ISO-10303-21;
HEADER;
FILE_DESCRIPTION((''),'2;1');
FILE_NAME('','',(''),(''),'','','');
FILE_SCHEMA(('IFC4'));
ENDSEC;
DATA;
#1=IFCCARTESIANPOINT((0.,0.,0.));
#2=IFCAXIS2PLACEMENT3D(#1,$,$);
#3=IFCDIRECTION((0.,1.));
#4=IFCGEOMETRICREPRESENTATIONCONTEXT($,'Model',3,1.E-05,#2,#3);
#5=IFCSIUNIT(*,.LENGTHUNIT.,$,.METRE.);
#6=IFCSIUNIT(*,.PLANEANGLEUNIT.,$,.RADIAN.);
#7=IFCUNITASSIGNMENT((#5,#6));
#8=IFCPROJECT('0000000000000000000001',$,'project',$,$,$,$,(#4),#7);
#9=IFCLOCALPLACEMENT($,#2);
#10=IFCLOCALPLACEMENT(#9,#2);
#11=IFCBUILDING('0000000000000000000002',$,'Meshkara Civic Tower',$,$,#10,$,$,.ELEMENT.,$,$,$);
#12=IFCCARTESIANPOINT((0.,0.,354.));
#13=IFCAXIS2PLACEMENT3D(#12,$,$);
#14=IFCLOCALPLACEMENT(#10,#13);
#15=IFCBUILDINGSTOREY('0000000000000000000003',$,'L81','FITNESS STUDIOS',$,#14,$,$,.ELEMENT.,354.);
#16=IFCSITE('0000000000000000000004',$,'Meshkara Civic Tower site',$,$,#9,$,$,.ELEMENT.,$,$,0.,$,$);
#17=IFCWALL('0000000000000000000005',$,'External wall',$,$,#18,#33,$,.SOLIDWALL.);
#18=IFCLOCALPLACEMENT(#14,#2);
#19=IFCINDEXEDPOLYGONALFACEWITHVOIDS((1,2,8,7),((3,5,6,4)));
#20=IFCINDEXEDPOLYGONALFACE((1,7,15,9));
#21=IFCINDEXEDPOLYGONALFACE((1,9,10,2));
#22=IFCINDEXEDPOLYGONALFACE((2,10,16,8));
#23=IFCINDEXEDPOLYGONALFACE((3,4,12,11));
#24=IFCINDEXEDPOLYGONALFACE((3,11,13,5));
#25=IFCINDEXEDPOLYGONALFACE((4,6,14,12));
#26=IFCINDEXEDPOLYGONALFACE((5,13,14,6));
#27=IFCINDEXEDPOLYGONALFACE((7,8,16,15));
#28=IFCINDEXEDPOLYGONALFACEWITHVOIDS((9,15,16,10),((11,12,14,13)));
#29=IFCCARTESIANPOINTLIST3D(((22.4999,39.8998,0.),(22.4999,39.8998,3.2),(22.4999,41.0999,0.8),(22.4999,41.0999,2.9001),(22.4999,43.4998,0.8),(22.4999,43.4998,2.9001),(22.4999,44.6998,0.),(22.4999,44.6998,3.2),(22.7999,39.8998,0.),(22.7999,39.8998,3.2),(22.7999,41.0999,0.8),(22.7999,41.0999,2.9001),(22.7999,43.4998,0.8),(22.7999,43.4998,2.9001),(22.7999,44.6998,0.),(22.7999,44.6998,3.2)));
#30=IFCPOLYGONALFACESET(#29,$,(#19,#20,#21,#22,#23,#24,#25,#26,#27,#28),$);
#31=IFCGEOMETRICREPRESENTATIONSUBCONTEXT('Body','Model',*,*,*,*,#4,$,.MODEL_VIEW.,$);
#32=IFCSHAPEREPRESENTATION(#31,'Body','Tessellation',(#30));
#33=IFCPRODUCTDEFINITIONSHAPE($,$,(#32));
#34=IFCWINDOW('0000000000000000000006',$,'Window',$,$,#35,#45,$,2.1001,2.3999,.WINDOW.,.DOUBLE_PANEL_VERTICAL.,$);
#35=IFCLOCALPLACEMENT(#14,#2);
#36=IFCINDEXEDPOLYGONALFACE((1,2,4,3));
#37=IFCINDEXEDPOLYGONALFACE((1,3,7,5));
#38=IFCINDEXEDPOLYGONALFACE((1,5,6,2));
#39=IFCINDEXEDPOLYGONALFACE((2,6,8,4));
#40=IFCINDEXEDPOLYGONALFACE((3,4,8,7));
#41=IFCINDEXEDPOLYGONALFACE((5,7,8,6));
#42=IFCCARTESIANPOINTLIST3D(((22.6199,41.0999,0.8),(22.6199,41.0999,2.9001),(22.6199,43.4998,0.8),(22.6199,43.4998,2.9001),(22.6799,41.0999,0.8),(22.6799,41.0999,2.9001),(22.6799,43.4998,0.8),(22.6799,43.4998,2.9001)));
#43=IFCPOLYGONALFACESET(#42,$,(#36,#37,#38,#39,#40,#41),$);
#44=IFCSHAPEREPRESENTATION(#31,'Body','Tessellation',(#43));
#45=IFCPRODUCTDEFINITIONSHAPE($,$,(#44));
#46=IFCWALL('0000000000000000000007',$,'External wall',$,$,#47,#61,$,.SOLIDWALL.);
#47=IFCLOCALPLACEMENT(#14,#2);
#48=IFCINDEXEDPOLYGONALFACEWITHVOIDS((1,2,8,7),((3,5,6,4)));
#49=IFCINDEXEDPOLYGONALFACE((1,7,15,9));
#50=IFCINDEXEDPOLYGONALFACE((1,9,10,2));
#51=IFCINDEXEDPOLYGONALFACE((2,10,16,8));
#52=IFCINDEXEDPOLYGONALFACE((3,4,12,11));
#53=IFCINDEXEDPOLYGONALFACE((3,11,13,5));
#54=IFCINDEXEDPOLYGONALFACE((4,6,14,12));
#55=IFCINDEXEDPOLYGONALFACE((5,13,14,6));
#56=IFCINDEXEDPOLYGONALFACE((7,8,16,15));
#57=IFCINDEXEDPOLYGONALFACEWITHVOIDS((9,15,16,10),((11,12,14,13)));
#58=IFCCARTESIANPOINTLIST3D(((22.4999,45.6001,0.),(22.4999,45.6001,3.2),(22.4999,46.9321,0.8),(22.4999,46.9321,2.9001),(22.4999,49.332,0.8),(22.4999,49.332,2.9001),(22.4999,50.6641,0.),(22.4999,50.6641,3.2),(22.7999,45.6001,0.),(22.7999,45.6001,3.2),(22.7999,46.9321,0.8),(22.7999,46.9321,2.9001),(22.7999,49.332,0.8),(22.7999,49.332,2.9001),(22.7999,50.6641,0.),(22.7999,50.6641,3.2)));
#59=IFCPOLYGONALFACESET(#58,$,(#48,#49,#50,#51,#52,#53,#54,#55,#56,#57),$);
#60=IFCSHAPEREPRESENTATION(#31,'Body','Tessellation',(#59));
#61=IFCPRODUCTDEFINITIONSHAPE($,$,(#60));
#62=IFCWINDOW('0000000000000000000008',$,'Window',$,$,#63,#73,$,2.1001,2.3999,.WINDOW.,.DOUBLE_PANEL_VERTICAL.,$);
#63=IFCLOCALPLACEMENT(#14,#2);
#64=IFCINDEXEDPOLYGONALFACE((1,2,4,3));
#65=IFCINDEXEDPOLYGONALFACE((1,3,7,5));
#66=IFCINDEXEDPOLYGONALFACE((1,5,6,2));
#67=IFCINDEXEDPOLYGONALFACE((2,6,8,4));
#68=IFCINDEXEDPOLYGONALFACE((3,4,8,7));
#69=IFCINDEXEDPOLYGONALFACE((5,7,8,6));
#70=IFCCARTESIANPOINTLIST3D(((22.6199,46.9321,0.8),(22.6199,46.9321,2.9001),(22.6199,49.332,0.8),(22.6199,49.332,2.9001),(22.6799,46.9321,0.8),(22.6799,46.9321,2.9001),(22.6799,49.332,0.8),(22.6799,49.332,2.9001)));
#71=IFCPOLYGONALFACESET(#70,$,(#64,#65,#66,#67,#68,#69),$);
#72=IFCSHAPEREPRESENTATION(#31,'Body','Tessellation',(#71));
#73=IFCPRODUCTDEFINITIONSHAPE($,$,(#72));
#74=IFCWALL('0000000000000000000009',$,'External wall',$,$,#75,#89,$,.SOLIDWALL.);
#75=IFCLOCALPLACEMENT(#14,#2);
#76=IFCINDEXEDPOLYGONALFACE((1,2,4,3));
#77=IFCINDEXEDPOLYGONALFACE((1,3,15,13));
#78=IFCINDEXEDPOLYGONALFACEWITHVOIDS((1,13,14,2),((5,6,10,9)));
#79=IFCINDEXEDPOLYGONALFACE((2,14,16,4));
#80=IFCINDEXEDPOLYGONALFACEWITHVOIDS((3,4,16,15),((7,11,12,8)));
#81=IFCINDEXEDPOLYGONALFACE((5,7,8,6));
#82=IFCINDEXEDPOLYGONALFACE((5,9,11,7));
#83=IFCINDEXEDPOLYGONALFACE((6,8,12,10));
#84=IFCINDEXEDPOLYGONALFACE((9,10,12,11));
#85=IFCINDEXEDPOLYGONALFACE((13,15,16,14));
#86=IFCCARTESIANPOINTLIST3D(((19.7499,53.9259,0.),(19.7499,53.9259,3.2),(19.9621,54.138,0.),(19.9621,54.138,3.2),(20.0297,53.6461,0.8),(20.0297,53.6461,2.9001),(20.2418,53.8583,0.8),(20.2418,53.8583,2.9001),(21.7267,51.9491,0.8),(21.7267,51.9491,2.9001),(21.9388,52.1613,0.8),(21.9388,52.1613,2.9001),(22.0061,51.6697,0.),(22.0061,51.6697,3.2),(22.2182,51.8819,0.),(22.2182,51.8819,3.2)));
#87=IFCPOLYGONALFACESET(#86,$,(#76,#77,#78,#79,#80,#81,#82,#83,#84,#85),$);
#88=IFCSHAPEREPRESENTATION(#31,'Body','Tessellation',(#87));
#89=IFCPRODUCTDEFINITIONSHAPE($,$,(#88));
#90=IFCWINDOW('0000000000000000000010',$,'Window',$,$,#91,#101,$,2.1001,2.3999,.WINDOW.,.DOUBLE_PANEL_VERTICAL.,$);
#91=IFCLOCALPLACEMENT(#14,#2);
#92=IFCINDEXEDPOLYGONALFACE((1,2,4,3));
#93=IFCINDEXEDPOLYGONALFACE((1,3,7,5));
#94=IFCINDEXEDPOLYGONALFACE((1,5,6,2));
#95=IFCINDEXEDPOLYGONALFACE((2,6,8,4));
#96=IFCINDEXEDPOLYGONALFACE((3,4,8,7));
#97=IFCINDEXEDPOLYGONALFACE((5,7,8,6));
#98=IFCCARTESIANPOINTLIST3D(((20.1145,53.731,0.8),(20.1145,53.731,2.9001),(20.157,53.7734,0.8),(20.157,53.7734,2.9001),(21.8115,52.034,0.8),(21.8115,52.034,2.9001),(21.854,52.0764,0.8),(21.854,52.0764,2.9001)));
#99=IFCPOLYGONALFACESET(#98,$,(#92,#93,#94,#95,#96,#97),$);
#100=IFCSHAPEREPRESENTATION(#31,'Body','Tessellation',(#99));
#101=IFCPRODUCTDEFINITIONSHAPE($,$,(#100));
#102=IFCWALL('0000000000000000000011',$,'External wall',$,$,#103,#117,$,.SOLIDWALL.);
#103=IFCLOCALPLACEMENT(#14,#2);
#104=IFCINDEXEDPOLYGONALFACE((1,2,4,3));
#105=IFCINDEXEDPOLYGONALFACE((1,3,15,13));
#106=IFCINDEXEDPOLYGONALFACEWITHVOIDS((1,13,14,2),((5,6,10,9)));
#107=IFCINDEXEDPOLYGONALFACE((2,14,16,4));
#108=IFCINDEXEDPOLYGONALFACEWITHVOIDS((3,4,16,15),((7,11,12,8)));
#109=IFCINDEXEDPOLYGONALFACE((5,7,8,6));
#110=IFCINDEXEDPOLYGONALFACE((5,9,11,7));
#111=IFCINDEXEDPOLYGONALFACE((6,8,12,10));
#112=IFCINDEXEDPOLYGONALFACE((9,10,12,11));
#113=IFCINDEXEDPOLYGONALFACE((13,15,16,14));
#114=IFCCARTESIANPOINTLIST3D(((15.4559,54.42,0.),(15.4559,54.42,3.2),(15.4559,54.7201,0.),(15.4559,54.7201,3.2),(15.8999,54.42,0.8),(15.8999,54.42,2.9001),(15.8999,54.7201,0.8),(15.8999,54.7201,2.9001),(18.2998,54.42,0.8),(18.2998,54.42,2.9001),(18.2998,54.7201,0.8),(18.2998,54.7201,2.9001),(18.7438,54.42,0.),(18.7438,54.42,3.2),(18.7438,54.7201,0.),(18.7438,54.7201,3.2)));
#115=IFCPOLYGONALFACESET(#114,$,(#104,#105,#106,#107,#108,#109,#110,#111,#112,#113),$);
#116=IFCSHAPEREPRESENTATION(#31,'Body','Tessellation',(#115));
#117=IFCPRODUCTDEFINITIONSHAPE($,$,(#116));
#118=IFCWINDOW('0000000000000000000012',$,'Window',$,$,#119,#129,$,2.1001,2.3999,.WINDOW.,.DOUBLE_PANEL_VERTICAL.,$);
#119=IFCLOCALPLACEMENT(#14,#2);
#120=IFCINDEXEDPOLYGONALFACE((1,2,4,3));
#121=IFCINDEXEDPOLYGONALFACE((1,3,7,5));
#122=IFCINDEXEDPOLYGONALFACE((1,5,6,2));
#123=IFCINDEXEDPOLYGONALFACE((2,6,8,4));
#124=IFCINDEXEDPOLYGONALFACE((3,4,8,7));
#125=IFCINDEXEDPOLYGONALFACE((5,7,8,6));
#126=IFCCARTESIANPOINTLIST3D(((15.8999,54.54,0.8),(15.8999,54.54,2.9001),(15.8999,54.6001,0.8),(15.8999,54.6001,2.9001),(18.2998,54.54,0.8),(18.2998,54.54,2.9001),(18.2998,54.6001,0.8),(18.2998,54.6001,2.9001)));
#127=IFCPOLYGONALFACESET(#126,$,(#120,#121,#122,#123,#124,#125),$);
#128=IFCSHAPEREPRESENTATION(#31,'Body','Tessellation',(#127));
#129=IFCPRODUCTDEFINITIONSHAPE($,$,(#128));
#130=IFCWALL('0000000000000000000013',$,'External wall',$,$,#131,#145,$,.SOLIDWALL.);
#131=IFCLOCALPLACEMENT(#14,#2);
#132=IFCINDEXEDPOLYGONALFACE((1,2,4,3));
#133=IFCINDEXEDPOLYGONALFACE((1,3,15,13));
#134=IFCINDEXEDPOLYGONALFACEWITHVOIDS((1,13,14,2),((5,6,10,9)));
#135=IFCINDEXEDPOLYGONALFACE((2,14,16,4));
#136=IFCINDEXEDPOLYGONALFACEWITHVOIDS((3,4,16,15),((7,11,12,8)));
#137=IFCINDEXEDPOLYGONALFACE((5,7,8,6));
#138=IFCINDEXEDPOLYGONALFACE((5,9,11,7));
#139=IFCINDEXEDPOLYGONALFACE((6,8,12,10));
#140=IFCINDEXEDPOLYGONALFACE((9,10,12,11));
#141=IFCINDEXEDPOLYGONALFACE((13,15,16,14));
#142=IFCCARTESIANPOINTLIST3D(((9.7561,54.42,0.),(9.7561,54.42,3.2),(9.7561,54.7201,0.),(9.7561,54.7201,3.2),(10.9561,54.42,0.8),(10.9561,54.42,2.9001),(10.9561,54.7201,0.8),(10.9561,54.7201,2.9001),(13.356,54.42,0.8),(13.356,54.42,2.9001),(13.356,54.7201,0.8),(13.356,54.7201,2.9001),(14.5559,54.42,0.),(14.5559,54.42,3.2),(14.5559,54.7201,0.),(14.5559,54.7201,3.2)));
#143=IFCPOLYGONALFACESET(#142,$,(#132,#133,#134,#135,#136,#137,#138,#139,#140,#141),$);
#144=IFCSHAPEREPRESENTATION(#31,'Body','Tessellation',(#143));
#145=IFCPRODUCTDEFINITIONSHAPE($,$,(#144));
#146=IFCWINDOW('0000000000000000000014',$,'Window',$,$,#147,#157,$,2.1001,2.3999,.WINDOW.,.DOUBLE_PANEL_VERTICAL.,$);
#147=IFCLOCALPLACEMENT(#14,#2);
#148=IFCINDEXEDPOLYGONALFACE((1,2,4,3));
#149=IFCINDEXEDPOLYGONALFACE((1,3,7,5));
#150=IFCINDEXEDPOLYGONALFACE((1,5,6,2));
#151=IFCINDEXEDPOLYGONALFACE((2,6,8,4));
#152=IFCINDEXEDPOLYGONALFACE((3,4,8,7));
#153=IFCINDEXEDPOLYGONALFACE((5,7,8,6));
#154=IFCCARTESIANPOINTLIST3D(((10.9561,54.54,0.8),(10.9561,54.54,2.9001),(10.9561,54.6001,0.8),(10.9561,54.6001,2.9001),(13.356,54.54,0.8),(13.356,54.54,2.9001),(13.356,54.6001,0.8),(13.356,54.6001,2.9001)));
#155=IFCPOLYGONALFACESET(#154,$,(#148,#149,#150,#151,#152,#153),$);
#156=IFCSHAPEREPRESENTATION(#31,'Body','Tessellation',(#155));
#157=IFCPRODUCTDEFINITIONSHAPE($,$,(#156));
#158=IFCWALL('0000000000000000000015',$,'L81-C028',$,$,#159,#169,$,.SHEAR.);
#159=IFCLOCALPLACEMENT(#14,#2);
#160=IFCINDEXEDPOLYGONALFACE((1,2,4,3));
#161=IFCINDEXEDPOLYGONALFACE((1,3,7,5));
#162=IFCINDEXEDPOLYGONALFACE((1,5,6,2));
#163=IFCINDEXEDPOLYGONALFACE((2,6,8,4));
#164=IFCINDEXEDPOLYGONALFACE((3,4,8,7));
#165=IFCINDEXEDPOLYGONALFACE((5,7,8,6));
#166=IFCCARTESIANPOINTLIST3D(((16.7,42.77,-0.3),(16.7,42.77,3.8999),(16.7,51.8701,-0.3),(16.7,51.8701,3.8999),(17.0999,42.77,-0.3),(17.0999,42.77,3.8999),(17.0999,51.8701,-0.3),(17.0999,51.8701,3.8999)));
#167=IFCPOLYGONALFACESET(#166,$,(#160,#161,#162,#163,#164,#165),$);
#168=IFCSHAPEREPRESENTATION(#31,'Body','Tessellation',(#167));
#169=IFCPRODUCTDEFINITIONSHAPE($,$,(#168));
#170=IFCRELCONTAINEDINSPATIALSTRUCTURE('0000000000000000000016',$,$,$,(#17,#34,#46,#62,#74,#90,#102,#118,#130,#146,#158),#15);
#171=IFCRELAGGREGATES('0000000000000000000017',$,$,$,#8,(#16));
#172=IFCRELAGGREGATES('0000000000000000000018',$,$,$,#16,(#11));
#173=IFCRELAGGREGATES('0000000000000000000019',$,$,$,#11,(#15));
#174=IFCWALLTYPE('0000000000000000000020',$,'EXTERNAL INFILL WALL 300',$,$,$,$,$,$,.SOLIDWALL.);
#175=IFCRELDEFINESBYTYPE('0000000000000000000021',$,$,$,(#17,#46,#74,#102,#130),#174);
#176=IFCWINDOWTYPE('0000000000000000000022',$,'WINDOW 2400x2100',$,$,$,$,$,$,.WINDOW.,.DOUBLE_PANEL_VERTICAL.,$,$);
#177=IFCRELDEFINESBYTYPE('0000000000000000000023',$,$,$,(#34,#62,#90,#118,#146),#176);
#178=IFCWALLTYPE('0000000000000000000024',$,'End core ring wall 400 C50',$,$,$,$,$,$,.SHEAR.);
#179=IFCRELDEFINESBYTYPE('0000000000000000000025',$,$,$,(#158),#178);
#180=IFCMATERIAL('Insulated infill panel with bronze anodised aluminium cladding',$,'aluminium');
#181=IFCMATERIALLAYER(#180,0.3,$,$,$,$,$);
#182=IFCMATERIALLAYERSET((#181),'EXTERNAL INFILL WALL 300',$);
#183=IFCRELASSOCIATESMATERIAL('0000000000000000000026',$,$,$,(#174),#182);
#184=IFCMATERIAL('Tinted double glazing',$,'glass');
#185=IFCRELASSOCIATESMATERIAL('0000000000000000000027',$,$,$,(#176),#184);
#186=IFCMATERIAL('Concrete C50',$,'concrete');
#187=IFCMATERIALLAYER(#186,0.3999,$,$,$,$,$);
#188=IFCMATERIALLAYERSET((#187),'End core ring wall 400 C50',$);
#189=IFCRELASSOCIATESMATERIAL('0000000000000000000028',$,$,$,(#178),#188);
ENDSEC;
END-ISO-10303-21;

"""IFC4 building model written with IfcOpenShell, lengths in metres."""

from ifc_helpers import new_model, si_unit, direction, frame, frame_2d, origin, place, context, subcontext, project, spatial, rectangle, extrude, material, layer, layer_set, type_object, element, fill, save


model = new_model("IFC4")

# Units and contexts
model_context = context("Model", 3, precision=1e-05, world=origin(), true_north=direction((0.0, 1.0)))
body_context = subcontext(model_context, "Body", "Model", "MODEL_VIEW")
ifc_project = project(units=[si_unit("LENGTHUNIT", "METRE"), si_unit("PLANEANGLEUNIT", "RADIAN")], contexts=[model_context])

# Site, building, storey
site_placement = place(None, origin())
site = spatial("IfcSite", under=ifc_project, at=site_placement, Name="Meshkara Civic Tower site", CompositionType="ELEMENT", RefElevation=0.0)
building_placement = place(site_placement, origin())
building = spatial("IfcBuilding", under=site, at=building_placement, Name="Meshkara Civic Tower", CompositionType="ELEMENT")
storey_placement = place(building_placement, frame((0.0, 0.0, 354.0)))
storey = spatial("IfcBuildingStorey", under=building, at=storey_placement, Name="L81", Description="FITNESS STUDIOS", CompositionType="ELEMENT", Elevation=354.0)

# Walls, openings, windows
ifc_material_1 = material(Name="Insulated infill panel with bronze anodised aluminium cladding", Category="aluminium")
ifc_layer_1 = layer(ifc_material_1, 0.3)
ifc_layer_set_1 = layer_set([ifc_layer_1], Name="EXTERNAL INFILL WALL 300")
wall_type_1 = type_object("IfcWallType", Name="EXTERNAL INFILL WALL 300", PredefinedType="SOLIDWALL", material=ifc_layer_set_1)
wall_1_placement = place(storey_placement, frame((22.6499, 39.8999, 0.0), z_axis=(0.0, 0.0, 1.0), x_axis=(0.0, 1.0, 0.0)))
wall_1 = element("IfcWall", 1, at=wall_1_placement, inside=storey, type_object=wall_type_1, Name="External wall", PredefinedType="SOLIDWALL", context=body_context, shape_type="SweptSolid", body=[
    extrude(rectangle(XDim=4.8, YDim=0.3, at=frame_2d((2.3999, 0.0))), origin(), (0.0, 0.0, 1.0), 3.2),
])
opening_1_placement = place(wall_1_placement, frame((1.2, 0.0, 0.8)))
opening_1 = element("IfcOpeningElement", 2, at=opening_1_placement, cuts=wall_1, PredefinedType="OPENING", context=body_context, shape_type="SweptSolid", body=[
    extrude(rectangle(XDim=2.3999, YDim=2.1001, at=frame_2d((1.2, 1.05))), frame((0.0, 0.1599, 0.0), z_axis=(0.0, -1.0, 0.0), x_axis=(1.0, 0.0, 0.0)), (0.0, 0.0, 1.0), 0.3201),
])
ifc_material_2 = material(Name="Tinted double glazing", Category="glass")
window_type = type_object("IfcWindowType", Name="WINDOW 2400x2100", PartitioningType="DOUBLE_PANEL_VERTICAL", PredefinedType="WINDOW", material=ifc_material_2)
window_1_placement = place(opening_1_placement, origin())
window_1 = element("IfcWindow", 3, at=window_1_placement, inside=storey, type_object=window_type, Name="Window", OverallHeight=2.1001, OverallWidth=2.3999, PartitioningType="DOUBLE_PANEL_VERTICAL", PredefinedType="WINDOW", context=body_context, shape_type="SweptSolid", body=[
    extrude(rectangle(XDim=2.3999, YDim=2.1001, at=frame_2d((1.2, 1.05))), frame((0.0, 0.03, 0.0), z_axis=(0.0, -1.0, 0.0), x_axis=(1.0, 0.0, 0.0)), (0.0, 0.0, 1.0), 0.0601),
])
fill(opening_1, window_1)
wall_2_placement = place(storey_placement, frame((22.6499, 45.6001, 0.0), z_axis=(0.0, 0.0, 1.0), x_axis=(0.0, 1.0, 0.0)))
wall_2 = element("IfcWall", 4, at=wall_2_placement, inside=storey, type_object=wall_type_1, Name="External wall", PredefinedType="SOLIDWALL", context=body_context, shape_type="SweptSolid", body=[
    extrude(rectangle(XDim=5.064, YDim=0.3, at=frame_2d((2.532, 0.0))), origin(), (0.0, 0.0, 1.0), 3.2),
])
opening_2_placement = place(wall_2_placement, frame((1.332, 0.0, 0.8)))
opening_2 = element("IfcOpeningElement", 5, at=opening_2_placement, cuts=wall_2, PredefinedType="OPENING", context=body_context, shape_type="SweptSolid", body=[
    extrude(rectangle(XDim=2.3999, YDim=2.1001, at=frame_2d((1.2, 1.05))), frame((0.0, 0.1599, 0.0), z_axis=(0.0, -1.0, 0.0), x_axis=(1.0, 0.0, 0.0)), (0.0, 0.0, 1.0), 0.3201),
])
window_2_placement = place(opening_2_placement, origin())
window_2 = element("IfcWindow", 6, at=window_2_placement, inside=storey, type_object=window_type, Name="Window", OverallHeight=2.1001, OverallWidth=2.3999, PartitioningType="DOUBLE_PANEL_VERTICAL", PredefinedType="WINDOW", context=body_context, shape_type="SweptSolid", body=[
    extrude(rectangle(XDim=2.3999, YDim=2.1001, at=frame_2d((1.2, 1.05))), frame((0.0, 0.03, 0.0), z_axis=(0.0, -1.0, 0.0), x_axis=(1.0, 0.0, 0.0)), (0.0, 0.0, 1.0), 0.0601),
])
fill(opening_2, window_2)
wall_3_placement = place(storey_placement, frame((22.1121, 51.7759, 0.0), z_axis=(0.0, 0.0, 1.0), x_axis=(-0.707107, 0.707107, 0.0)))
wall_3 = element("IfcWall", 7, at=wall_3_placement, inside=storey, type_object=wall_type_1, Name="External wall", PredefinedType="SOLIDWALL", context=body_context, shape_type="SweptSolid", body=[
    extrude(rectangle(XDim=3.1907, YDim=0.3, at=frame_2d((1.5952, 0.0))), origin(), (0.0, 0.0, 1.0), 3.2),
])
opening_3_placement = place(wall_3_placement, frame((0.395, 0.0, 0.8)))
opening_3 = element("IfcOpeningElement", 8, at=opening_3_placement, cuts=wall_3, PredefinedType="OPENING", context=body_context, shape_type="SweptSolid", body=[
    extrude(rectangle(XDim=2.3999, YDim=2.1001, at=frame_2d((1.2, 1.05))), frame((0.0, 0.1599, 0.0), z_axis=(0.0, -1.0, 0.0), x_axis=(1.0, 0.0, 0.0)), (0.0, 0.0, 1.0), 0.3201),
])
window_3_placement = place(opening_3_placement, origin())
window_3 = element("IfcWindow", 9, at=window_3_placement, inside=storey, type_object=window_type, Name="Window", OverallHeight=2.1001, OverallWidth=2.3999, PartitioningType="DOUBLE_PANEL_VERTICAL", PredefinedType="WINDOW", context=body_context, shape_type="SweptSolid", body=[
    extrude(rectangle(XDim=2.3999, YDim=2.1001, at=frame_2d((1.2, 1.05))), frame((0.0, 0.03, 0.0), z_axis=(0.0, -1.0, 0.0), x_axis=(1.0, 0.0, 0.0)), (0.0, 0.0, 1.0), 0.0601),
])
fill(opening_3, window_3)
wall_4_placement = place(storey_placement, frame((18.7439, 54.5701, 0.0), z_axis=(0.0, 0.0, 1.0), x_axis=(-1.0, 0.0, 0.0)))
wall_4 = element("IfcWall", 10, at=wall_4_placement, inside=storey, type_object=wall_type_1, Name="External wall", PredefinedType="SOLIDWALL", context=body_context, shape_type="SweptSolid", body=[
    extrude(rectangle(XDim=3.2878, YDim=0.3, at=frame_2d((1.644, 0.0))), origin(), (0.0, 0.0, 1.0), 3.2),
])
opening_4_placement = place(wall_4_placement, frame((0.4441, 0.0, 0.8)))
opening_4 = element("IfcOpeningElement", 11, at=opening_4_placement, cuts=wall_4, PredefinedType="OPENING", context=body_context, shape_type="SweptSolid", body=[
    extrude(rectangle(XDim=2.3999, YDim=2.1001, at=frame_2d((1.2, 1.05))), frame((0.0, 0.1599, 0.0), z_axis=(0.0, -1.0, 0.0), x_axis=(1.0, 0.0, 0.0)), (0.0, 0.0, 1.0), 0.3201),
])
window_4_placement = place(opening_4_placement, origin())
window_4 = element("IfcWindow", 12, at=window_4_placement, inside=storey, type_object=window_type, Name="Window", OverallHeight=2.1001, OverallWidth=2.3999, PartitioningType="DOUBLE_PANEL_VERTICAL", PredefinedType="WINDOW", context=body_context, shape_type="SweptSolid", body=[
    extrude(rectangle(XDim=2.3999, YDim=2.1001, at=frame_2d((1.2, 1.05))), frame((0.0, 0.03, 0.0), z_axis=(0.0, -1.0, 0.0), x_axis=(1.0, 0.0, 0.0)), (0.0, 0.0, 1.0), 0.0601),
])
fill(opening_4, window_4)
wall_5_placement = place(storey_placement, frame((14.5559, 54.5701, 0.0), z_axis=(0.0, 0.0, 1.0), x_axis=(-1.0, 0.0, 0.0)))
wall_5 = element("IfcWall", 13, at=wall_5_placement, inside=storey, type_object=wall_type_1, Name="External wall", PredefinedType="SOLIDWALL", context=body_context, shape_type="SweptSolid", body=[
    extrude(rectangle(XDim=4.7998, YDim=0.3, at=frame_2d((2.3999, 0.0))), origin(), (0.0, 0.0, 1.0), 3.2),
])
opening_5_placement = place(wall_5_placement, frame((1.2, 0.0, 0.8)))
opening_5 = element("IfcOpeningElement", 14, at=opening_5_placement, cuts=wall_5, PredefinedType="OPENING", context=body_context, shape_type="SweptSolid", body=[
    extrude(rectangle(XDim=2.3999, YDim=2.1001, at=frame_2d((1.2, 1.05))), frame((0.0, 0.1599, 0.0), z_axis=(0.0, -1.0, 0.0), x_axis=(1.0, 0.0, 0.0)), (0.0, 0.0, 1.0), 0.3201),
])
window_5_placement = place(opening_5_placement, origin())
window_5 = element("IfcWindow", 15, at=window_5_placement, inside=storey, type_object=window_type, Name="Window", OverallHeight=2.1001, OverallWidth=2.3999, PartitioningType="DOUBLE_PANEL_VERTICAL", PredefinedType="WINDOW", context=body_context, shape_type="SweptSolid", body=[
    extrude(rectangle(XDim=2.3999, YDim=2.1001, at=frame_2d((1.2, 1.05))), frame((0.0, 0.03, 0.0), z_axis=(0.0, -1.0, 0.0), x_axis=(1.0, 0.0, 0.0)), (0.0, 0.0, 1.0), 0.0601),
])
fill(opening_5, window_5)

# Wall
ifc_material_3 = material(Name="Concrete C50", Category="concrete")
ifc_layer_2 = layer(ifc_material_3, 0.3999)
ifc_layer_set_2 = layer_set([ifc_layer_2], Name="End core ring wall 400 C50")
wall_type_2 = type_object("IfcWallType", Name="End core ring wall 400 C50", PredefinedType="SHEAR", material=ifc_layer_set_2)
wall_6_placement = place(storey_placement, frame((16.8999, 42.77, -0.3), z_axis=(0.0, 0.0, 1.0), x_axis=(0.0, 1.0, 0.0)))
element("IfcWall", 16, at=wall_6_placement, inside=storey, type_object=wall_type_2, Name="L81-C028", PredefinedType="SHEAR", context=body_context, shape_type="SweptSolid", body=[
    extrude(rectangle(XDim=9.1001, YDim=0.3999, at=frame_2d((4.55, 0.0))), origin(), (0.0, 0.0, 1.0), 4.2),
])

save(model, "model.ifc")
